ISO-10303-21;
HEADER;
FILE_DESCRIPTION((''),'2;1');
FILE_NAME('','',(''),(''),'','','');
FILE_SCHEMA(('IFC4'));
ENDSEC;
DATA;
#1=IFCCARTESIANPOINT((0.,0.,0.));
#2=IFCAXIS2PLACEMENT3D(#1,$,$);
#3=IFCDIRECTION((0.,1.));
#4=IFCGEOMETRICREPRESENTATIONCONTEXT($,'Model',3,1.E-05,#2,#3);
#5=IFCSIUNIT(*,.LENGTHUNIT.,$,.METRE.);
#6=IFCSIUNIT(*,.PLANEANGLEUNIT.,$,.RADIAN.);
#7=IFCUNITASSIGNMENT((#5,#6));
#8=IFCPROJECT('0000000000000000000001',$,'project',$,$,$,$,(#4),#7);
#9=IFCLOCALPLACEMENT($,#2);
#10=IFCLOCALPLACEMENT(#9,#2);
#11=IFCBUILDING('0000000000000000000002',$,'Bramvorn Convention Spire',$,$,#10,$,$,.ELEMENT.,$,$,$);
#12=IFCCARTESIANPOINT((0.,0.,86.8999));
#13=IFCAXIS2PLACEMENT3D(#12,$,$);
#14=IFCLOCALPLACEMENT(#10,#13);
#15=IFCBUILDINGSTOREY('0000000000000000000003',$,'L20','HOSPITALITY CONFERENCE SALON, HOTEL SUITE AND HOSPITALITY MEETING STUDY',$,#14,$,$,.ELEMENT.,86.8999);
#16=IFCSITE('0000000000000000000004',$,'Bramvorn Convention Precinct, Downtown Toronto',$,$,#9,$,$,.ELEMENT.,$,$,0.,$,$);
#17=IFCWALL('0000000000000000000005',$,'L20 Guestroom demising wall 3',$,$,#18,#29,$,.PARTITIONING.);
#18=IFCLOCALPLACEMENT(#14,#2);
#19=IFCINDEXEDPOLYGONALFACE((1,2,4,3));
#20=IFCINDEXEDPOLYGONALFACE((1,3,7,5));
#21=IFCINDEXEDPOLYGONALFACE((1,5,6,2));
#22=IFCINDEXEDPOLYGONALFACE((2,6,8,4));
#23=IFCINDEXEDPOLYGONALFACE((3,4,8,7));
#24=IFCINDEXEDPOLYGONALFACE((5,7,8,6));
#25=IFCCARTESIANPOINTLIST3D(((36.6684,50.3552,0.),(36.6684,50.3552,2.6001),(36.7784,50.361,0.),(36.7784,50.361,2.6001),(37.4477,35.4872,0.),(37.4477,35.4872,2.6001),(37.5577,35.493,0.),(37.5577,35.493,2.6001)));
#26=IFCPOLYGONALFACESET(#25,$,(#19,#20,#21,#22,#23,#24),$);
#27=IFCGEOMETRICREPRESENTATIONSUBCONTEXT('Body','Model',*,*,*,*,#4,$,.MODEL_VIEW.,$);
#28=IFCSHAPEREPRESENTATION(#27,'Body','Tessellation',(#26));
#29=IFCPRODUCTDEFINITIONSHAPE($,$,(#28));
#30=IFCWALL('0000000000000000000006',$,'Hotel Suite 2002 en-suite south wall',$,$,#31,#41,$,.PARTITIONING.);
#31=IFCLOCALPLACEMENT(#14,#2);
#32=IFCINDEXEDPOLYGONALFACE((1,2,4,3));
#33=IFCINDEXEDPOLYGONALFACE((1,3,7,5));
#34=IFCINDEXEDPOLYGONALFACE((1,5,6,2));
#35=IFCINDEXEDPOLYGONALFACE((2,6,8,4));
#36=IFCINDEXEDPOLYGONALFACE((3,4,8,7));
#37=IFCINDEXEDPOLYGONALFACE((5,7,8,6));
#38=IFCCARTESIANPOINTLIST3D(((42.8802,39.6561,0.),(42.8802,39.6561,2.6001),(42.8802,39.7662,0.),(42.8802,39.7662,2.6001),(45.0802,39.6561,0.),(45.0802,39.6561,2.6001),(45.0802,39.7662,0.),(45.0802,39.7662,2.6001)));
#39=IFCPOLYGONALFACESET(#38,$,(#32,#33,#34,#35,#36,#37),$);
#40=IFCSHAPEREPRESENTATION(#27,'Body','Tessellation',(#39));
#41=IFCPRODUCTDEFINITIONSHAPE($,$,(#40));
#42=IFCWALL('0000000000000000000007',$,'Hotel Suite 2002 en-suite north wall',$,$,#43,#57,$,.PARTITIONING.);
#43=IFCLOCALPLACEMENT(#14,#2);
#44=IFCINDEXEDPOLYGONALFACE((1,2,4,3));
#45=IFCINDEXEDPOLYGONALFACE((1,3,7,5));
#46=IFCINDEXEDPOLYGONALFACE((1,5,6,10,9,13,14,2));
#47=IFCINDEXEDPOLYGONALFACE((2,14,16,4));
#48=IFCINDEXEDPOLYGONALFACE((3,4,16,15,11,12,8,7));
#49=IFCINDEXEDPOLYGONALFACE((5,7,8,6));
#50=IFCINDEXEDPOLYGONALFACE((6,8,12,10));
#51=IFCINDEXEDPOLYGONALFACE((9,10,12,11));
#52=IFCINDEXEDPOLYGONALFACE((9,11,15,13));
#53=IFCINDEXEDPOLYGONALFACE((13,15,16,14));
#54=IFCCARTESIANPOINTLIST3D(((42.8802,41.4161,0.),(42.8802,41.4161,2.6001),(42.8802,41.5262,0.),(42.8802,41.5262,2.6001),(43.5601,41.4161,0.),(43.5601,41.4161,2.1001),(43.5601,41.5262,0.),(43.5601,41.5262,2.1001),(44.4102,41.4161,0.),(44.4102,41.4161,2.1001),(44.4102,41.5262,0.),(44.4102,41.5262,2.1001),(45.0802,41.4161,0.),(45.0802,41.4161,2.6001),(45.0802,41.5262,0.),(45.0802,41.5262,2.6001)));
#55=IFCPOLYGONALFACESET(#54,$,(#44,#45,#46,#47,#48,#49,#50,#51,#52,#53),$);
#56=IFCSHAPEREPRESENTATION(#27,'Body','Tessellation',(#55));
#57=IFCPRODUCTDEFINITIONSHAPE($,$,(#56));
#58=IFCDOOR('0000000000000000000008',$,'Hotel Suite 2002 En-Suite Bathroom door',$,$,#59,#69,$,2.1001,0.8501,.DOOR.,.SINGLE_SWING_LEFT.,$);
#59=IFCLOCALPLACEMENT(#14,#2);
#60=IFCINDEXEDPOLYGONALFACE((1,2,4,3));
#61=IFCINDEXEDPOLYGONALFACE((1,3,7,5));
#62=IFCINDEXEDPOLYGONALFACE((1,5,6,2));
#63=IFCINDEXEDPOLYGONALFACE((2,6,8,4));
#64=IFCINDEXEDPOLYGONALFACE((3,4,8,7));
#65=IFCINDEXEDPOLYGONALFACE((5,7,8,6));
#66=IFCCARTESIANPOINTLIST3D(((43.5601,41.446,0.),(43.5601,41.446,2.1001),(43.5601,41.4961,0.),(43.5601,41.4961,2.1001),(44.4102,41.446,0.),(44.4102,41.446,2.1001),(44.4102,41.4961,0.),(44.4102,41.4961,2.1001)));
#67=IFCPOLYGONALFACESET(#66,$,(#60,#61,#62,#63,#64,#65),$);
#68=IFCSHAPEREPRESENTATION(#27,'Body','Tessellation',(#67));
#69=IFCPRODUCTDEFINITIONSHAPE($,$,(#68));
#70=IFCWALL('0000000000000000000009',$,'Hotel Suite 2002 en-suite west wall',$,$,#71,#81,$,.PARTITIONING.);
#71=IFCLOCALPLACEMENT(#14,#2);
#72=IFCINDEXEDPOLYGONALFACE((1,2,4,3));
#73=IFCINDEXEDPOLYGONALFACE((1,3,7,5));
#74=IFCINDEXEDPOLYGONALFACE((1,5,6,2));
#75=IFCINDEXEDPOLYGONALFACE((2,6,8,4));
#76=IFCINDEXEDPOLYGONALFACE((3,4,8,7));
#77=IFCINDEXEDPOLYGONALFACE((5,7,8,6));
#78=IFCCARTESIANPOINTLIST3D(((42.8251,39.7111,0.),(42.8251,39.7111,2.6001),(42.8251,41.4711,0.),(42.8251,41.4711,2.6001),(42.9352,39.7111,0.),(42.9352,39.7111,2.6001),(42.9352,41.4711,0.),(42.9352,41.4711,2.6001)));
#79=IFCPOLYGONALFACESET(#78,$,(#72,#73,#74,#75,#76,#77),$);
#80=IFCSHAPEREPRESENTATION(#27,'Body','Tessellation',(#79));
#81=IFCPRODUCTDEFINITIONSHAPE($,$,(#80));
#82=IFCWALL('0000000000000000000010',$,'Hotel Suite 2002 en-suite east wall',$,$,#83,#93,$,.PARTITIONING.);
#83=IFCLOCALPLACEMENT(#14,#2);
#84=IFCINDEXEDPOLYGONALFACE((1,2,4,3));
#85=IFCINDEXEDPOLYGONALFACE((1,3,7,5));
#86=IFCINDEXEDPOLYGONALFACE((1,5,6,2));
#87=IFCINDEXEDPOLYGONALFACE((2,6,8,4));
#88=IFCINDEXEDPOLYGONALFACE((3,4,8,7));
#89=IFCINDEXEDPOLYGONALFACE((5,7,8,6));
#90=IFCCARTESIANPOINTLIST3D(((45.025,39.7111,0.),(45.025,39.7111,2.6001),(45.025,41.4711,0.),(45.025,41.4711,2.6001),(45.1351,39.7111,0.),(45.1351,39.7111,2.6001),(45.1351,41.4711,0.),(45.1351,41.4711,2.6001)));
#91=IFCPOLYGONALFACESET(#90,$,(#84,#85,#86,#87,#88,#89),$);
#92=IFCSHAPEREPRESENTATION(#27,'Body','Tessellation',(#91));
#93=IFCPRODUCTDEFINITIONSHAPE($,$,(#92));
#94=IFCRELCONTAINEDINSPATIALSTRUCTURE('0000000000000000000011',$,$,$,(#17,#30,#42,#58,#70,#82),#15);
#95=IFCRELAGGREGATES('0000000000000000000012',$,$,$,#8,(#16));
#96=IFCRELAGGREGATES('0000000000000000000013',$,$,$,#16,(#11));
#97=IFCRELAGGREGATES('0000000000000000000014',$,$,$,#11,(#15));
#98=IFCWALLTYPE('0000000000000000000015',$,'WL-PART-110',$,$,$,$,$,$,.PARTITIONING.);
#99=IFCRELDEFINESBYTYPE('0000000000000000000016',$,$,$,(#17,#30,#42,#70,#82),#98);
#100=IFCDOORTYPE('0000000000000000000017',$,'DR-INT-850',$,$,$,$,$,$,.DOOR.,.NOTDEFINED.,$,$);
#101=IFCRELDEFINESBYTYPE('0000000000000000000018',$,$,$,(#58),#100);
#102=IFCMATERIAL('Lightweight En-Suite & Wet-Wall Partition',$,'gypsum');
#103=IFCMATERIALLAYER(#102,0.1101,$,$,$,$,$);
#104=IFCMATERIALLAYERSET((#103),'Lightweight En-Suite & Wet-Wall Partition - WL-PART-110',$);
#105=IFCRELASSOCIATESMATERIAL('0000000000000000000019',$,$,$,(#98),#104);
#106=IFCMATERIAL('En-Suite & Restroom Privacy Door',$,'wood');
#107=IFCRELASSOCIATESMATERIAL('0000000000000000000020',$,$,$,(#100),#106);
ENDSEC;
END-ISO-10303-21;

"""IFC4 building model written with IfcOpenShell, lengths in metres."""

from ifc_helpers import new_model, si_unit, direction, frame, frame_2d, origin, place, context, subcontext, project, spatial, rectangle, extrude, material, layer, layer_set, type_object, element, fill, save


model = new_model("IFC4")

# Units and contexts
model_context = context("Model", 3, precision=1e-05, world=origin(), true_north=direction((0.0, 1.0)))
body_context = subcontext(model_context, "Body", "Model", "MODEL_VIEW")
ifc_project = project(units=[si_unit("LENGTHUNIT", "METRE"), si_unit("PLANEANGLEUNIT", "RADIAN")], contexts=[model_context])

# Site, building, storey
site_placement = place(None, origin())
site = spatial("IfcSite", under=ifc_project, at=site_placement, Name="Bramvorn Convention Precinct, Downtown Toronto", CompositionType="ELEMENT", RefElevation=0.0)
building_placement = place(site_placement, origin())
building = spatial("IfcBuilding", under=site, at=building_placement, Name="Bramvorn Convention Spire", CompositionType="ELEMENT")
storey_placement = place(building_placement, frame((0.0, 0.0, 86.8999)))
storey = spatial("IfcBuildingStorey", under=building, at=storey_placement, Name="L20", Description="HOSPITALITY CONFERENCE SALON, HOTEL SUITE AND HOSPITALITY MEETING STUDY", CompositionType="ELEMENT", Elevation=86.8999)

# Walls
ifc_material_1 = material(Name="Lightweight En-Suite & Wet-Wall Partition", Category="gypsum")
ifc_layer_1 = layer(ifc_material_1, 0.1101)
ifc_layer_set_1 = layer_set([ifc_layer_1], Name="Lightweight En-Suite & Wet-Wall Partition - WL-PART-110")
wall_type_1 = type_object("IfcWallType", Name="WL-PART-110", PredefinedType="PARTITIONING", material=ifc_layer_set_1)
wall_1_placement = place(storey_placement, frame((37.5027, 35.49, 0.0), z_axis=(0.0, 0.0, 1.0), x_axis=(-0.052343, 0.998629, 0.0)))
element("IfcWall", 1, at=wall_1_placement, inside=storey, type_object=wall_type_1, Name="L20 Guestroom demising wall 3", PredefinedType="PARTITIONING", context=body_context, shape_type="SweptSolid", body=[
    extrude(rectangle(XDim=14.8884, YDim=0.1101, at=frame_2d((7.4443, 0.0))), origin(), (0.0, 0.0, 1.0), 2.6001),
])
wall_2_placement = place(storey_placement, frame((42.8801, 39.7112, 0.0), z_axis=(0.0, 0.0, 1.0), x_axis=(1.0, 0.0, 0.0)))
element("IfcWall", 2, at=wall_2_placement, inside=storey, type_object=wall_type_1, Name="Hotel Suite 2002 en-suite south wall", PredefinedType="PARTITIONING", context=body_context, shape_type="SweptSolid", body=[
    extrude(rectangle(XDim=2.2, YDim=0.1101, at=frame_2d((1.1001, 0.0))), origin(), (0.0, 0.0, 1.0), 2.6001),
])

# Wall, opening, door
wall_3_placement = place(storey_placement, frame((42.8801, 41.4712, 0.0), z_axis=(0.0, 0.0, 1.0), x_axis=(1.0, 0.0, 0.0)))
wall_3 = element("IfcWall", 3, at=wall_3_placement, inside=storey, type_object=wall_type_1, Name="Hotel Suite 2002 en-suite north wall", PredefinedType="PARTITIONING", context=body_context, shape_type="SweptSolid", body=[
    extrude(rectangle(XDim=2.2, YDim=0.1101, at=frame_2d((1.1001, 0.0))), origin(), (0.0, 0.0, 1.0), 2.6001),
])
opening_1_placement = place(wall_3_placement, frame((0.6799, 0.0, 0.0)))
opening_1 = element("IfcOpeningElement", 4, at=opening_1_placement, cuts=wall_3, PredefinedType="OPENING", context=body_context, shape_type="SweptSolid", body=[
    extrude(rectangle(XDim=0.8501, YDim=2.1001, at=frame_2d((0.425, 1.05))), frame((0.0, 0.0649, 0.0), z_axis=(0.0, -1.0, 0.0), x_axis=(1.0, 0.0, 0.0)), (0.0, 0.0, 1.0), 0.1301),
])
ifc_material_2 = material(Name="En-Suite & Restroom Privacy Door", Category="wood")
door_type_1 = type_object("IfcDoorType", Name="DR-INT-850", OperationType="NOTDEFINED", PredefinedType="DOOR", material=ifc_material_2)
door_1_placement = place(opening_1_placement, origin())
door_1 = element("IfcDoor", 5, at=door_1_placement, inside=storey, type_object=door_type_1, Name="Hotel Suite 2002 En-Suite Bathroom door", OperationType="SINGLE_SWING_LEFT", OverallHeight=2.1001, OverallWidth=0.8501, PredefinedType="DOOR", context=body_context, shape_type="SweptSolid", body=[
    extrude(rectangle(XDim=0.8501, YDim=2.1001, at=frame_2d((0.425, 1.05))), frame((0.0, 0.0249, 0.0), z_axis=(0.0, -1.0, 0.0), x_axis=(1.0, 0.0, 0.0)), (0.0, 0.0, 1.0), 0.05),
])
fill(opening_1, door_1)

# Walls
for number, where, z_axis, x_axis, name in (
    (6, (42.8801, 39.7112, 0.0), (0.0, 0.0, 1.0), (0.0, 1.0, 0.0), "Hotel Suite 2002 en-suite west wall"),
    (7, (45.0801, 39.7112, 0.0), (0.0, 0.0, 1.0), (0.0, 1.0, 0.0), "Hotel Suite 2002 en-suite east wall"),
):
    element("IfcWall", number, at=place(storey_placement, frame(where, z_axis=z_axis, x_axis=x_axis)), inside=storey, type_object=wall_type_1, Name=name, PredefinedType="PARTITIONING", context=body_context, shape_type="SweptSolid", body=[
        extrude(rectangle(XDim=1.76, YDim=0.1101, at=frame_2d((0.8799, 0.0))), origin(), (0.0, 0.0, 1.0), 2.6001),
    ])

save(model, "model.ifc")
